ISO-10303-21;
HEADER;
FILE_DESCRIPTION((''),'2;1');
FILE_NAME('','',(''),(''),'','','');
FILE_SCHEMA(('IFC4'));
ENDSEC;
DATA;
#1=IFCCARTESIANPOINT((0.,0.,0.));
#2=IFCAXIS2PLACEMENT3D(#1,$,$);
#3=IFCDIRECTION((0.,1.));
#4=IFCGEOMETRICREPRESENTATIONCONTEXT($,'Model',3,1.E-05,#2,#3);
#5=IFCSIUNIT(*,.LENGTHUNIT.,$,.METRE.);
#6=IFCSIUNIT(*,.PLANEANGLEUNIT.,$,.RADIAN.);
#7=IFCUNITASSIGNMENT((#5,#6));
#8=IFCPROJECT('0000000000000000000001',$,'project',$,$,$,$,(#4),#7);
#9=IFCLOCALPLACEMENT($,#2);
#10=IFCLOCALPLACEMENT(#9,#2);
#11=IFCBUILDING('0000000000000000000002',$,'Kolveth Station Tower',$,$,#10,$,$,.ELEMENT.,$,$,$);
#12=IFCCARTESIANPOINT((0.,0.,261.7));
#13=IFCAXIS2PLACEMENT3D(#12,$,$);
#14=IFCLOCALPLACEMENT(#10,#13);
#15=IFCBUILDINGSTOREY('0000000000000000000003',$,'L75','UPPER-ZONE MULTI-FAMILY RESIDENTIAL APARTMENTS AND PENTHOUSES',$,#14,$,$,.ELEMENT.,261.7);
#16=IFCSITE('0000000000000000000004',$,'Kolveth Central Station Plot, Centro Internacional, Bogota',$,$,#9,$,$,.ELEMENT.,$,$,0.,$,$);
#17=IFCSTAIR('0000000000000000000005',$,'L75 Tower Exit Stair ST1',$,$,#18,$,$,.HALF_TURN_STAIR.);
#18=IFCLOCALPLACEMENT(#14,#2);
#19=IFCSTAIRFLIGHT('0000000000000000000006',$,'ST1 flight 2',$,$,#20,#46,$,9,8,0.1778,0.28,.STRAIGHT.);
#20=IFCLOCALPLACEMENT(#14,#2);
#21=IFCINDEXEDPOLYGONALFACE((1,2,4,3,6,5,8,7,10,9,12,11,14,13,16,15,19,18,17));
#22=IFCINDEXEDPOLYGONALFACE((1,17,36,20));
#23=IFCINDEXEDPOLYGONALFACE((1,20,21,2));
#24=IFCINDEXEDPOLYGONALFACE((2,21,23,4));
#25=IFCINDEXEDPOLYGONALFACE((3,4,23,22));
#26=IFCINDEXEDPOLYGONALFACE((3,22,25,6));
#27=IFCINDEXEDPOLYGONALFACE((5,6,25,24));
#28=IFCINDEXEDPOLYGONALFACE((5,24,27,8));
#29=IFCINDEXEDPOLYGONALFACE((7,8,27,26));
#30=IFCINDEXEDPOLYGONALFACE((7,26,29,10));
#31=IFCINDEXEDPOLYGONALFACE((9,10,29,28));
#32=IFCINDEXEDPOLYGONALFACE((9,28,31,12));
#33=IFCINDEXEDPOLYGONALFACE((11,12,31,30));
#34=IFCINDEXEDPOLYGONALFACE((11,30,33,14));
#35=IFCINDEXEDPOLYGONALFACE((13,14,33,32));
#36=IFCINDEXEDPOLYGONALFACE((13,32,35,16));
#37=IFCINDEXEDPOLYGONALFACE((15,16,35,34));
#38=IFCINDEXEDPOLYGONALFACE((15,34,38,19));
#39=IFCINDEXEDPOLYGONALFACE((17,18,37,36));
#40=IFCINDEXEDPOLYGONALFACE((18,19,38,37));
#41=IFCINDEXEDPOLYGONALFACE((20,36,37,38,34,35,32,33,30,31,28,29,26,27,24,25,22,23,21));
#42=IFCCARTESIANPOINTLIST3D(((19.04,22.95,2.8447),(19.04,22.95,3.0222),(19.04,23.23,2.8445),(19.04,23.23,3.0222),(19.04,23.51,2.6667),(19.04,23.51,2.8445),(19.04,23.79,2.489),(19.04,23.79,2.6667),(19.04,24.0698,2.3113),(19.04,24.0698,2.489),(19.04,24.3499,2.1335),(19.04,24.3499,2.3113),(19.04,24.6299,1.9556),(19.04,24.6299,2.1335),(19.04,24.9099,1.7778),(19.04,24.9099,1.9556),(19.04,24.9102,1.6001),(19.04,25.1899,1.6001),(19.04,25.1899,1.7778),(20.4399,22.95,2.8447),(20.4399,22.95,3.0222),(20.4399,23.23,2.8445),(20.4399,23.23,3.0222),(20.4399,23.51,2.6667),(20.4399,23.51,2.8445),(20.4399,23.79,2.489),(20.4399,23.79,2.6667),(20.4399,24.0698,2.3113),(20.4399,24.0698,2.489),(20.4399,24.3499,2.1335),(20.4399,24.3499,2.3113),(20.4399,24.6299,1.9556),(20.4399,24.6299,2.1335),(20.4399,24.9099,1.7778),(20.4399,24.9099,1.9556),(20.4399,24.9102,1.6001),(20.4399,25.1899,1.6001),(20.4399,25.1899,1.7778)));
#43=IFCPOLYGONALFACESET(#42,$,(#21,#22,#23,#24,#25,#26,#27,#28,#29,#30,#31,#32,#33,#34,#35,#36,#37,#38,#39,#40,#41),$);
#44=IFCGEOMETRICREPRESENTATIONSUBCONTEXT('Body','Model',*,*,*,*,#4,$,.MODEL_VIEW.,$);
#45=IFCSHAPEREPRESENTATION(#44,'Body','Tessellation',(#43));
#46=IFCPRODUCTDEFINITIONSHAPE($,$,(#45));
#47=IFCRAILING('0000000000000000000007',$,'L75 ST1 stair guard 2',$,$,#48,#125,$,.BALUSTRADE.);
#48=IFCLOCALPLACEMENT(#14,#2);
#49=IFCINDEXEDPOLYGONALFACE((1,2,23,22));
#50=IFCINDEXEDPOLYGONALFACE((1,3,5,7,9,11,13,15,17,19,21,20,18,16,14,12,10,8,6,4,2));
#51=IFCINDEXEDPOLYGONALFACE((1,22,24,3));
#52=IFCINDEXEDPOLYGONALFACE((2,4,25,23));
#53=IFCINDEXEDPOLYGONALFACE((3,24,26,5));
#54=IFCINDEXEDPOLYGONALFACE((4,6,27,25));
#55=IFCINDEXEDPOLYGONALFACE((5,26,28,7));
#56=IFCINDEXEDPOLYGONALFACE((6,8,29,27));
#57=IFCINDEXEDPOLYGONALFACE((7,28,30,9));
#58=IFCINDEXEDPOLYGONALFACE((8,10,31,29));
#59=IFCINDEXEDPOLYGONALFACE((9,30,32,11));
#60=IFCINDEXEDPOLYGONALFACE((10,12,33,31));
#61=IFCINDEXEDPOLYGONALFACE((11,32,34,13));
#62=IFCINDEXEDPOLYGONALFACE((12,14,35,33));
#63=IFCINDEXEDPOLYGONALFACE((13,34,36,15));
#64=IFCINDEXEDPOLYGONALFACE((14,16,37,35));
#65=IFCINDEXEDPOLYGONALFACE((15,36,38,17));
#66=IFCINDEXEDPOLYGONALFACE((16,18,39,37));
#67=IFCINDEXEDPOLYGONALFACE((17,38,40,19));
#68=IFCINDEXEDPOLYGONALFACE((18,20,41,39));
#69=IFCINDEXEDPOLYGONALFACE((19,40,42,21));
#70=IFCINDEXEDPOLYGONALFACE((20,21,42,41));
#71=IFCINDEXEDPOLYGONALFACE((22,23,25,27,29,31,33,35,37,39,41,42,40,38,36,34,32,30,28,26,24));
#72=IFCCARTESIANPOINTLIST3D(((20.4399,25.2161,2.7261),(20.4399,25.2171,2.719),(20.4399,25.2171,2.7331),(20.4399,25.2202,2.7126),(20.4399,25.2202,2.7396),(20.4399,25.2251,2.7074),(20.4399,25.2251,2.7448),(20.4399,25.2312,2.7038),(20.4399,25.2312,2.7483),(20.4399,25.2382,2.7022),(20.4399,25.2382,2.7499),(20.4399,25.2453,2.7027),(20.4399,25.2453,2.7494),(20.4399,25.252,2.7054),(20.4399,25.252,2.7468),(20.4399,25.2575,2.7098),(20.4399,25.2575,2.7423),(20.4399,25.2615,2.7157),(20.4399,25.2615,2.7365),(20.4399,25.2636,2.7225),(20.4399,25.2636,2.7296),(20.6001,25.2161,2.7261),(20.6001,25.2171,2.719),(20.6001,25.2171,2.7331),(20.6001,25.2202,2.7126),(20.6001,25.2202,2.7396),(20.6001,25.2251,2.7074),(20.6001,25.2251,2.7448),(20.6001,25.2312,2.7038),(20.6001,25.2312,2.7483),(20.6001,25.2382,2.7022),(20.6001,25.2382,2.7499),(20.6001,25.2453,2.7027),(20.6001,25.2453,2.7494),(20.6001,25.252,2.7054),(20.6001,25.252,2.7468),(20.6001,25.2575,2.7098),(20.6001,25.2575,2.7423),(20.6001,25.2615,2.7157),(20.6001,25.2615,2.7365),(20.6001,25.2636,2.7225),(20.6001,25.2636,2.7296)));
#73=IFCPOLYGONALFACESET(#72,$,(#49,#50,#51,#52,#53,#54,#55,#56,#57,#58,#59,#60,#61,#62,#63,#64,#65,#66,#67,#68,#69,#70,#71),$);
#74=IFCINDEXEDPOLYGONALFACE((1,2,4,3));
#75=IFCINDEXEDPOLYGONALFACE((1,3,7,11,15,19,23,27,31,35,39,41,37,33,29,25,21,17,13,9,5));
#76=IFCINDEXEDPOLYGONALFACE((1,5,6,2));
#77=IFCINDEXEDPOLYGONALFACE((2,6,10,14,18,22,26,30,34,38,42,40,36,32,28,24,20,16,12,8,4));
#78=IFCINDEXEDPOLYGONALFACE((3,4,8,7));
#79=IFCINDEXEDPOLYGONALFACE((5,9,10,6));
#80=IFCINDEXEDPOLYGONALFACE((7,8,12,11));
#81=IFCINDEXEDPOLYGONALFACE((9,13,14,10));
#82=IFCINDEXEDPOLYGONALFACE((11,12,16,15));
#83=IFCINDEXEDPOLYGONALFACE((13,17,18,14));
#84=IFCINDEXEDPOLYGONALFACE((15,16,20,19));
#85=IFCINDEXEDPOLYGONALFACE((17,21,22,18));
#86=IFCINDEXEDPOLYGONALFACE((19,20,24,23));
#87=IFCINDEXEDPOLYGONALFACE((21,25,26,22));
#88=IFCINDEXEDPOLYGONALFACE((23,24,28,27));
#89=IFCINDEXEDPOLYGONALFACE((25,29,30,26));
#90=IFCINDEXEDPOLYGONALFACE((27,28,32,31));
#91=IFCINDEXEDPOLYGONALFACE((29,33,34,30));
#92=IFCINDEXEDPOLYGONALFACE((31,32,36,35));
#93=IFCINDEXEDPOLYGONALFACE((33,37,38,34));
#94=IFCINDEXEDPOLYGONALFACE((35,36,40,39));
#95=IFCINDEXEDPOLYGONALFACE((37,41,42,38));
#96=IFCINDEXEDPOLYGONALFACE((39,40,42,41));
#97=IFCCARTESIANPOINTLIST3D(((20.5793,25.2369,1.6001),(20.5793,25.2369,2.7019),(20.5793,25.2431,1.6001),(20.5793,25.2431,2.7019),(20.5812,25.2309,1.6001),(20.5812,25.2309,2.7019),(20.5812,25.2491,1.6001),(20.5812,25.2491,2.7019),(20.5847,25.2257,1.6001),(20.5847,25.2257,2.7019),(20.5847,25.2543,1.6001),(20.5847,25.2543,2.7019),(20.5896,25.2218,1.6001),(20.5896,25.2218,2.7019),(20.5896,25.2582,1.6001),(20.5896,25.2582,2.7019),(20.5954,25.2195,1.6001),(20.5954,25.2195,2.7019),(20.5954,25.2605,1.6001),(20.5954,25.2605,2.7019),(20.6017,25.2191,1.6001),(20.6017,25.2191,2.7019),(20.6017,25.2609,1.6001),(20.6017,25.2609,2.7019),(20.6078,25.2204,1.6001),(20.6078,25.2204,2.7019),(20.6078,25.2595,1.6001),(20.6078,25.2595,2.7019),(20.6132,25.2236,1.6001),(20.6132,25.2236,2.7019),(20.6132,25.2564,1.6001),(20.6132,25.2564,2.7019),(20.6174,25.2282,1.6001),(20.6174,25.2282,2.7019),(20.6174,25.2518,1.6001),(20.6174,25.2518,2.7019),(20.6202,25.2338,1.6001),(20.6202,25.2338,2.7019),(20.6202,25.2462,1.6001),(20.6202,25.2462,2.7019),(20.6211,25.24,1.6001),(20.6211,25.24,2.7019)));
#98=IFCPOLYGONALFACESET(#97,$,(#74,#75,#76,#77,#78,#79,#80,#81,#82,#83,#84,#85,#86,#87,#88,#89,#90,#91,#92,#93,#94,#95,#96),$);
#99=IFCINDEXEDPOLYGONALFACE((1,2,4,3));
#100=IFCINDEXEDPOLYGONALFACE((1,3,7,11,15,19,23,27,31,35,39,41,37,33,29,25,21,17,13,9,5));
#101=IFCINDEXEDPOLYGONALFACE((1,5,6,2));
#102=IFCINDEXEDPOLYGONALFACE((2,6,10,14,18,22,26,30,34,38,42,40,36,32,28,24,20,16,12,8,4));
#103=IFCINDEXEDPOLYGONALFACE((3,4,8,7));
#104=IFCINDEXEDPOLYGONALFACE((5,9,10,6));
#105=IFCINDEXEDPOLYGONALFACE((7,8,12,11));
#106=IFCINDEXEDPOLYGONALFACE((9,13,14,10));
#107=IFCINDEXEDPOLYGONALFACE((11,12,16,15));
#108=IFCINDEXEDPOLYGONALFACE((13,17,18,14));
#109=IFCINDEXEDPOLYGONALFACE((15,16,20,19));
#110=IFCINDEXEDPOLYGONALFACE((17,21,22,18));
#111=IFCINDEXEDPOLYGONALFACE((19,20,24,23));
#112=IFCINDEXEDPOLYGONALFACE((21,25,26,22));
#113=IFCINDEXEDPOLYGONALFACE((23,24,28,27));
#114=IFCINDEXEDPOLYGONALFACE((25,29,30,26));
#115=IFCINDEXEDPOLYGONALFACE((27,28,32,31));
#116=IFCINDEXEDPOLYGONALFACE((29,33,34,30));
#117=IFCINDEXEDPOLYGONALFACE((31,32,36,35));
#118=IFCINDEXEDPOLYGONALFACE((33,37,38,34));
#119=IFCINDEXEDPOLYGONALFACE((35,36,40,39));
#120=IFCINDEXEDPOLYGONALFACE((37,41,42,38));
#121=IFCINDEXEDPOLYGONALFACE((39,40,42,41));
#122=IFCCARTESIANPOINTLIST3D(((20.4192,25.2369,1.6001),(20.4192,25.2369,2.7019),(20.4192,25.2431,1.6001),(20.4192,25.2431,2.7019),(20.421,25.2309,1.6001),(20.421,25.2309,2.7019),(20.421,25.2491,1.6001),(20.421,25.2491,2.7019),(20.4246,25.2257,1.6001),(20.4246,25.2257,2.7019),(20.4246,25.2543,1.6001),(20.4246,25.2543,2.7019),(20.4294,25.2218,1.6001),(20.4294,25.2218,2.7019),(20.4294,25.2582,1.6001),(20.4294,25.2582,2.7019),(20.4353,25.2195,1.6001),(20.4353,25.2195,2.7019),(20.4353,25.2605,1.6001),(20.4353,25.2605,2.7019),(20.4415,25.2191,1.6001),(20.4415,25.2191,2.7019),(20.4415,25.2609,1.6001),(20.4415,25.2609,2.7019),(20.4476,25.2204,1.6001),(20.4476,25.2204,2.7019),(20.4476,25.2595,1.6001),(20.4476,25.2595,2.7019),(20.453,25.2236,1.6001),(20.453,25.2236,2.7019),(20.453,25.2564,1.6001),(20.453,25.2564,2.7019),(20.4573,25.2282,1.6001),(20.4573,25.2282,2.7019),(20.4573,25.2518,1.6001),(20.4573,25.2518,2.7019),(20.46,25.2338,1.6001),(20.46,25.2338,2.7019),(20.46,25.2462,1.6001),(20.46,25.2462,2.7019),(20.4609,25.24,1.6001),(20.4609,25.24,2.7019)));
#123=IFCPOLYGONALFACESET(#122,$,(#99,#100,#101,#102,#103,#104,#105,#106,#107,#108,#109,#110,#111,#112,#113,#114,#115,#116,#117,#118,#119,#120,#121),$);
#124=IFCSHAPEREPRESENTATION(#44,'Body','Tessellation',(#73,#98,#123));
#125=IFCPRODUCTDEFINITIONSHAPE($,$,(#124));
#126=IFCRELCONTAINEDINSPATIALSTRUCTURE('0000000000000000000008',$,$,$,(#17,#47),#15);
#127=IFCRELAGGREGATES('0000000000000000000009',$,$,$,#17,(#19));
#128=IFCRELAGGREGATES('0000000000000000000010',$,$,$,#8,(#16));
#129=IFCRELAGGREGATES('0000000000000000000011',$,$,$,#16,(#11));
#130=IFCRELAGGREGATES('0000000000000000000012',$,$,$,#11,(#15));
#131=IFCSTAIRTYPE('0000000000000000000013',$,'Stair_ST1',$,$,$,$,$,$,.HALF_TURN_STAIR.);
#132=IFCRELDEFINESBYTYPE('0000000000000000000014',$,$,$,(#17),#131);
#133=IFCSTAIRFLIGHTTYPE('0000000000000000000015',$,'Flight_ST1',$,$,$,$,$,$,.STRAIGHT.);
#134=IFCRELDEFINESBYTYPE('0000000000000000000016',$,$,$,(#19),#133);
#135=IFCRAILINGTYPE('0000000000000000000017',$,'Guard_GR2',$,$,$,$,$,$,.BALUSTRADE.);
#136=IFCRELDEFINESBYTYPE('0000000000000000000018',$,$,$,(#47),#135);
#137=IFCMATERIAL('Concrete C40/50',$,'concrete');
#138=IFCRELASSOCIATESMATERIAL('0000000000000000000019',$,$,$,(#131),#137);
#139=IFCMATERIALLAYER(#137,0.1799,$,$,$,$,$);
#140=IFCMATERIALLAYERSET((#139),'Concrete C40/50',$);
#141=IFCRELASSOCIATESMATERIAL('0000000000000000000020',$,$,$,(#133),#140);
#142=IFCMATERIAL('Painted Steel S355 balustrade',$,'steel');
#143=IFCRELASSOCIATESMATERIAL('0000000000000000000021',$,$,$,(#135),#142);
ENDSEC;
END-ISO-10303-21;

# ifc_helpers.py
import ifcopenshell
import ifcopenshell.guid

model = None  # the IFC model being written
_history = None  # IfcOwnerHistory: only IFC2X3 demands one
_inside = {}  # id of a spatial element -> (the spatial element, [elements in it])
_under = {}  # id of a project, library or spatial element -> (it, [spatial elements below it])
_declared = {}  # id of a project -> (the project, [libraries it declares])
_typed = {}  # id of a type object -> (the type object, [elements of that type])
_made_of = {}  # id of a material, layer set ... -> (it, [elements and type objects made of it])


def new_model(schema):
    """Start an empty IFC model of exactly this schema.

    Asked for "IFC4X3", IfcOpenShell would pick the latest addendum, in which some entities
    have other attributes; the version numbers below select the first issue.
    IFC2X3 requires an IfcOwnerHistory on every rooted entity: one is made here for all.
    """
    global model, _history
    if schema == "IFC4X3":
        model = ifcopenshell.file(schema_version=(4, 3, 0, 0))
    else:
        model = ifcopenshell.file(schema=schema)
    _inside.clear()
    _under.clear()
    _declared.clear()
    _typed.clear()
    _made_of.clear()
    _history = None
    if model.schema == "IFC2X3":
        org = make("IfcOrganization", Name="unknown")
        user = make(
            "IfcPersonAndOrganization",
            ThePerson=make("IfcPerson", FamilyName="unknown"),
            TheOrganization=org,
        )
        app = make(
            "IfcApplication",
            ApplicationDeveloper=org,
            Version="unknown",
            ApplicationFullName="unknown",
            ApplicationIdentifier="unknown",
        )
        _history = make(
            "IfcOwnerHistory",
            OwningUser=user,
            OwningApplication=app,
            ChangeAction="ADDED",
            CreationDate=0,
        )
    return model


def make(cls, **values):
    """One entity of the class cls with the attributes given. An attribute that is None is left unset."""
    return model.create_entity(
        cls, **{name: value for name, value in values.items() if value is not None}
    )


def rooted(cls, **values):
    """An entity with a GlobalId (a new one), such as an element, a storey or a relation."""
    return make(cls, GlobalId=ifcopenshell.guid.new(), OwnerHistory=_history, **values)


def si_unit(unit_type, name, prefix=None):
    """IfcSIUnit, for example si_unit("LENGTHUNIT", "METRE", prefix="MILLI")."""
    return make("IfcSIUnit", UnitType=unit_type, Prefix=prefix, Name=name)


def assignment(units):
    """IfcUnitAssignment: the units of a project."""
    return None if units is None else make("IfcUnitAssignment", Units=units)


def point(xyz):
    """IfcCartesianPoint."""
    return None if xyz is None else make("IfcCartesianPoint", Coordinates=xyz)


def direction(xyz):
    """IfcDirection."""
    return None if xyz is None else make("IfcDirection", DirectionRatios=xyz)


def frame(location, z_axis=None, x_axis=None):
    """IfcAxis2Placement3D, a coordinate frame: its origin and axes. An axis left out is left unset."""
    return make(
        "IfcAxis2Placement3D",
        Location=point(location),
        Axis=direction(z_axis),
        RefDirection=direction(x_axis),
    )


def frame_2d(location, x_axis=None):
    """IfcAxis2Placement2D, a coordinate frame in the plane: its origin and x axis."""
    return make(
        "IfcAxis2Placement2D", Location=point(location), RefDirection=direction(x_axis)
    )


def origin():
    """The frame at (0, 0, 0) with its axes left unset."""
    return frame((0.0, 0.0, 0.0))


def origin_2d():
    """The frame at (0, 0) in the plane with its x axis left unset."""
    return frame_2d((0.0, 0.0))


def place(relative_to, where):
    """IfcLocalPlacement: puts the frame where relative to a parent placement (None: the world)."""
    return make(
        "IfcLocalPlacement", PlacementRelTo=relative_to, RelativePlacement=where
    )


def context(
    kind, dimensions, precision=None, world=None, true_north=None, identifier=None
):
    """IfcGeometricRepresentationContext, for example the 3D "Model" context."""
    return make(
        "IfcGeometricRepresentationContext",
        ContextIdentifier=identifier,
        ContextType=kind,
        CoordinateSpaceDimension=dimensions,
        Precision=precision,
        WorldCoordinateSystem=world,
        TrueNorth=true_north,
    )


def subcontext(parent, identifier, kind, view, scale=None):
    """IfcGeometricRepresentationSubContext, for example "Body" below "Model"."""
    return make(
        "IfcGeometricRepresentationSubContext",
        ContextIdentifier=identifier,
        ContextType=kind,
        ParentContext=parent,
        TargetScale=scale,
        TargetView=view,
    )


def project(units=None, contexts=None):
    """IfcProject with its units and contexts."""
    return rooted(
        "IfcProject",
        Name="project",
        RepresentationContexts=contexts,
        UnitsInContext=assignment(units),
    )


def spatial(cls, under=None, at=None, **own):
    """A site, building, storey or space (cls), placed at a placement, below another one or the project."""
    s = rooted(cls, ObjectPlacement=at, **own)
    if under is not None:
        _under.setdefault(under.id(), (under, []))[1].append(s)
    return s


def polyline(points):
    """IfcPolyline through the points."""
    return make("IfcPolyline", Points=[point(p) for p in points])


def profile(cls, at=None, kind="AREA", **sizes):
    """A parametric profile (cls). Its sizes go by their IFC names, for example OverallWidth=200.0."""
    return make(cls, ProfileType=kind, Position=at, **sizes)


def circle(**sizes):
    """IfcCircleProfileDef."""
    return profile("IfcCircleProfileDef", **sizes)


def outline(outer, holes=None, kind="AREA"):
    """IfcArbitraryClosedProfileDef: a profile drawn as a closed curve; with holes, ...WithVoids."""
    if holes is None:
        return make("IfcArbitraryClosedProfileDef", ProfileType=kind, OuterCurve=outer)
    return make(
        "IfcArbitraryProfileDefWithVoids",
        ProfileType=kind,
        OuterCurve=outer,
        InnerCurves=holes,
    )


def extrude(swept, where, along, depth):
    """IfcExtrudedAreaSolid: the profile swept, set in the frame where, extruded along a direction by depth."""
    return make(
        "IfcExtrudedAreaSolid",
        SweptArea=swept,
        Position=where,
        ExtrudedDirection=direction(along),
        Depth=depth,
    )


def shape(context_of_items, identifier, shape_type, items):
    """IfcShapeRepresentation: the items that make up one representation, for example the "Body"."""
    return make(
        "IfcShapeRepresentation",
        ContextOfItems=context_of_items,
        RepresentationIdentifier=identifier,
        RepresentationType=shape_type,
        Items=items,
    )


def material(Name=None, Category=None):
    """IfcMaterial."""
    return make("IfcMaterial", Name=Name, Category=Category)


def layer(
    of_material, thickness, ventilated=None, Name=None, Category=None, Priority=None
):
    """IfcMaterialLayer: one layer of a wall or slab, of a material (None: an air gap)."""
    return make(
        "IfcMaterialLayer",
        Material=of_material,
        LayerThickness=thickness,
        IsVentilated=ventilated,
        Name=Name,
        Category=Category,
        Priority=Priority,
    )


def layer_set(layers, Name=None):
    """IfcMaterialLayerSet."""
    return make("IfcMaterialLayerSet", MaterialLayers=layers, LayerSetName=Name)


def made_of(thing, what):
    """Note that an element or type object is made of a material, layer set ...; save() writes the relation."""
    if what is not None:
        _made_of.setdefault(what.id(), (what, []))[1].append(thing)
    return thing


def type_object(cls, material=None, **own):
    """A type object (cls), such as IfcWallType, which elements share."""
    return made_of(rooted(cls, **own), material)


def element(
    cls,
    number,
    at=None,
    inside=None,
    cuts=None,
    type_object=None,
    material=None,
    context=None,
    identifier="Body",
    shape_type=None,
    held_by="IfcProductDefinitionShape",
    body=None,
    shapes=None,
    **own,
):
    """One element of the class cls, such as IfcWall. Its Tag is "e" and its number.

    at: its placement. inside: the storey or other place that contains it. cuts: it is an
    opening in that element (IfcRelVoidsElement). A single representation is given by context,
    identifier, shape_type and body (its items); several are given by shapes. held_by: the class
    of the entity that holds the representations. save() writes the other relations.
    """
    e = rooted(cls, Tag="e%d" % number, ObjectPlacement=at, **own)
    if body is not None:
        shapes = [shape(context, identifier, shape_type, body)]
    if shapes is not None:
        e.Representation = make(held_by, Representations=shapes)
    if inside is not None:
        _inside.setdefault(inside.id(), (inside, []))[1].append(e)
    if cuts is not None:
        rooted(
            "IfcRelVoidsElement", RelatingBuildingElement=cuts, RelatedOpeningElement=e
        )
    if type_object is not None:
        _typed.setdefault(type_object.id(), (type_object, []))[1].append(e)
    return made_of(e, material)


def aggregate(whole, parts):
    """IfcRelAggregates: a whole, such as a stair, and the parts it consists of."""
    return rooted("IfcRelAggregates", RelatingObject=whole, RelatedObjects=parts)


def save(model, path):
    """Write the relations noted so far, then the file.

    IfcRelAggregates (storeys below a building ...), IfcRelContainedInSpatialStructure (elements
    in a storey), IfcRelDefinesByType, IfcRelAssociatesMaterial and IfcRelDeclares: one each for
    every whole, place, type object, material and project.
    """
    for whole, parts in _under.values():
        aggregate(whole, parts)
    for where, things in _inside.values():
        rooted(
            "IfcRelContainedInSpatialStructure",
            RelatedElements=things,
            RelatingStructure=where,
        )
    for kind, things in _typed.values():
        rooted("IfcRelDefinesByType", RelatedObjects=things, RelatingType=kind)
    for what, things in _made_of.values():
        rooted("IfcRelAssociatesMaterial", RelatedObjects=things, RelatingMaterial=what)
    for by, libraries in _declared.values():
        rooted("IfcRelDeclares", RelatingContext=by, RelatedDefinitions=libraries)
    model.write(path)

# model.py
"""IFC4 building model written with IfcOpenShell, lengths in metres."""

from ifc_helpers import new_model, si_unit, direction, frame, origin, origin_2d, place, context, subcontext, project, spatial, polyline, circle, outline, extrude, material, layer, layer_set, type_object, element, aggregate, save


model = new_model("IFC4")

# Units and contexts
model_context = context("Model", 3, precision=1e-05, world=origin(), true_north=direction((0.0, 1.0)))
body_context = subcontext(model_context, "Body", "Model", "MODEL_VIEW")
ifc_project = project(units=[si_unit("LENGTHUNIT", "METRE"), si_unit("PLANEANGLEUNIT", "RADIAN")], contexts=[model_context])

# Site, building, storey
site_placement = place(None, origin())
site = spatial("IfcSite", under=ifc_project, at=site_placement, Name="Kolveth Central Station Plot, Centro Internacional, Bogota", CompositionType="ELEMENT", RefElevation=0.0)
building_placement = place(site_placement, origin())
building = spatial("IfcBuilding", under=site, at=building_placement, Name="Kolveth Station Tower", CompositionType="ELEMENT")
storey_placement = place(building_placement, frame((0.0, 0.0, 261.7)))
storey = spatial("IfcBuildingStorey", under=building, at=storey_placement, Name="L75", Description="UPPER-ZONE MULTI-FAMILY RESIDENTIAL APARTMENTS AND PENTHOUSES", CompositionType="ELEMENT", Elevation=261.7)

# Shared definitions
ifc_material_1 = material(Name="Concrete C40/50", Category="concrete")

# Stair, stair flight
stair_type = type_object("IfcStairType", Name="Stair_ST1", PredefinedType="HALF_TURN_STAIR", material=ifc_material_1)
stair_placement = place(storey_placement, origin())
stair = element("IfcStair", 1, at=stair_placement, inside=storey, type_object=stair_type, Name="L75 Tower Exit Stair ST1", PredefinedType="HALF_TURN_STAIR")
ifc_layer_1 = layer(ifc_material_1, 0.1799)
ifc_layer_set_1 = layer_set([ifc_layer_1], Name="Concrete C40/50")
stair_flight_type = type_object("IfcStairFlightType", Name="Flight_ST1", PredefinedType="STRAIGHT", material=ifc_layer_set_1)
stair_flight_placement = place(storey_placement, frame((19.74, 25.1899, 1.6001), z_axis=(0.0, 0.0, 1.0), x_axis=(0.0, -1.0, 0.0)))
stair_flight = element("IfcStairFlight", 2, at=stair_flight_placement, type_object=stair_flight_type, Name="ST1 flight 2", NumberOfRisers=9, NumberOfTreads=8, PredefinedType="STRAIGHT", RiserHeight=0.1778, TreadLength=0.28, context=body_context, shape_type="SweptSolid", body=[
    extrude(outline(polyline([(0.0, 0.0), (0.0, 0.1777), (0.28, 0.1777), (0.28, 0.3555), (0.5601, 0.3555), (0.5601, 0.5334), (0.8401, 0.5334), (0.8401, 0.7112), (1.1201, 0.7112), (1.1201, 0.8889), (1.3999, 0.8889), (1.3999, 1.0667), (1.6799, 1.0667), (1.6799, 1.2444), (1.96, 1.2444), (1.96, 1.4221), (2.24, 1.4221), (2.24, 1.6001), (2.24, 1.2446), (0.2798, 0.0), (0.0, 0.0)])), frame((0.0, 0.7, 0.0), z_axis=(0.0, -1.0, 0.0), x_axis=(1.0, 0.0, 0.0)), (0.0, 0.0, 1.0), 1.3999),
])
aggregate(stair, [stair_flight])

# Railing
ifc_material_2 = material(Name="Painted Steel S355 balustrade", Category="steel")
railing_type_1 = type_object("IfcRailingType", Name="Guard_GR2", PredefinedType="BALUSTRADE", material=ifc_material_2)
railing_1_placement = place(storey_placement, frame((20.6001, 25.24, 1.6001)))
element("IfcRailing", 3, at=railing_1_placement, inside=storey, type_object=railing_type_1, Name="L75 ST1 stair guard 2", PredefinedType="BALUSTRADE", context=body_context, shape_type="SweptSolid", body=[
    extrude(circle(Radius=0.0239, at=origin_2d()), frame((0.0, 0.0, 1.126), z_axis=(-1.0, 0.0, 0.0), x_axis=(0.0, -1.0, 0.0)), (0.0, 0.0, 1.0), 0.1602),
    extrude(circle(Radius=0.021, at=origin_2d()), origin(), (0.0, 0.0, 1.0), 1.1018),
    extrude(circle(Radius=0.021, at=origin_2d()), frame((-0.1602, 0.0, 0.0)), (0.0, 0.0, 1.0), 1.1018),
])

save(model, "model.ifc")
